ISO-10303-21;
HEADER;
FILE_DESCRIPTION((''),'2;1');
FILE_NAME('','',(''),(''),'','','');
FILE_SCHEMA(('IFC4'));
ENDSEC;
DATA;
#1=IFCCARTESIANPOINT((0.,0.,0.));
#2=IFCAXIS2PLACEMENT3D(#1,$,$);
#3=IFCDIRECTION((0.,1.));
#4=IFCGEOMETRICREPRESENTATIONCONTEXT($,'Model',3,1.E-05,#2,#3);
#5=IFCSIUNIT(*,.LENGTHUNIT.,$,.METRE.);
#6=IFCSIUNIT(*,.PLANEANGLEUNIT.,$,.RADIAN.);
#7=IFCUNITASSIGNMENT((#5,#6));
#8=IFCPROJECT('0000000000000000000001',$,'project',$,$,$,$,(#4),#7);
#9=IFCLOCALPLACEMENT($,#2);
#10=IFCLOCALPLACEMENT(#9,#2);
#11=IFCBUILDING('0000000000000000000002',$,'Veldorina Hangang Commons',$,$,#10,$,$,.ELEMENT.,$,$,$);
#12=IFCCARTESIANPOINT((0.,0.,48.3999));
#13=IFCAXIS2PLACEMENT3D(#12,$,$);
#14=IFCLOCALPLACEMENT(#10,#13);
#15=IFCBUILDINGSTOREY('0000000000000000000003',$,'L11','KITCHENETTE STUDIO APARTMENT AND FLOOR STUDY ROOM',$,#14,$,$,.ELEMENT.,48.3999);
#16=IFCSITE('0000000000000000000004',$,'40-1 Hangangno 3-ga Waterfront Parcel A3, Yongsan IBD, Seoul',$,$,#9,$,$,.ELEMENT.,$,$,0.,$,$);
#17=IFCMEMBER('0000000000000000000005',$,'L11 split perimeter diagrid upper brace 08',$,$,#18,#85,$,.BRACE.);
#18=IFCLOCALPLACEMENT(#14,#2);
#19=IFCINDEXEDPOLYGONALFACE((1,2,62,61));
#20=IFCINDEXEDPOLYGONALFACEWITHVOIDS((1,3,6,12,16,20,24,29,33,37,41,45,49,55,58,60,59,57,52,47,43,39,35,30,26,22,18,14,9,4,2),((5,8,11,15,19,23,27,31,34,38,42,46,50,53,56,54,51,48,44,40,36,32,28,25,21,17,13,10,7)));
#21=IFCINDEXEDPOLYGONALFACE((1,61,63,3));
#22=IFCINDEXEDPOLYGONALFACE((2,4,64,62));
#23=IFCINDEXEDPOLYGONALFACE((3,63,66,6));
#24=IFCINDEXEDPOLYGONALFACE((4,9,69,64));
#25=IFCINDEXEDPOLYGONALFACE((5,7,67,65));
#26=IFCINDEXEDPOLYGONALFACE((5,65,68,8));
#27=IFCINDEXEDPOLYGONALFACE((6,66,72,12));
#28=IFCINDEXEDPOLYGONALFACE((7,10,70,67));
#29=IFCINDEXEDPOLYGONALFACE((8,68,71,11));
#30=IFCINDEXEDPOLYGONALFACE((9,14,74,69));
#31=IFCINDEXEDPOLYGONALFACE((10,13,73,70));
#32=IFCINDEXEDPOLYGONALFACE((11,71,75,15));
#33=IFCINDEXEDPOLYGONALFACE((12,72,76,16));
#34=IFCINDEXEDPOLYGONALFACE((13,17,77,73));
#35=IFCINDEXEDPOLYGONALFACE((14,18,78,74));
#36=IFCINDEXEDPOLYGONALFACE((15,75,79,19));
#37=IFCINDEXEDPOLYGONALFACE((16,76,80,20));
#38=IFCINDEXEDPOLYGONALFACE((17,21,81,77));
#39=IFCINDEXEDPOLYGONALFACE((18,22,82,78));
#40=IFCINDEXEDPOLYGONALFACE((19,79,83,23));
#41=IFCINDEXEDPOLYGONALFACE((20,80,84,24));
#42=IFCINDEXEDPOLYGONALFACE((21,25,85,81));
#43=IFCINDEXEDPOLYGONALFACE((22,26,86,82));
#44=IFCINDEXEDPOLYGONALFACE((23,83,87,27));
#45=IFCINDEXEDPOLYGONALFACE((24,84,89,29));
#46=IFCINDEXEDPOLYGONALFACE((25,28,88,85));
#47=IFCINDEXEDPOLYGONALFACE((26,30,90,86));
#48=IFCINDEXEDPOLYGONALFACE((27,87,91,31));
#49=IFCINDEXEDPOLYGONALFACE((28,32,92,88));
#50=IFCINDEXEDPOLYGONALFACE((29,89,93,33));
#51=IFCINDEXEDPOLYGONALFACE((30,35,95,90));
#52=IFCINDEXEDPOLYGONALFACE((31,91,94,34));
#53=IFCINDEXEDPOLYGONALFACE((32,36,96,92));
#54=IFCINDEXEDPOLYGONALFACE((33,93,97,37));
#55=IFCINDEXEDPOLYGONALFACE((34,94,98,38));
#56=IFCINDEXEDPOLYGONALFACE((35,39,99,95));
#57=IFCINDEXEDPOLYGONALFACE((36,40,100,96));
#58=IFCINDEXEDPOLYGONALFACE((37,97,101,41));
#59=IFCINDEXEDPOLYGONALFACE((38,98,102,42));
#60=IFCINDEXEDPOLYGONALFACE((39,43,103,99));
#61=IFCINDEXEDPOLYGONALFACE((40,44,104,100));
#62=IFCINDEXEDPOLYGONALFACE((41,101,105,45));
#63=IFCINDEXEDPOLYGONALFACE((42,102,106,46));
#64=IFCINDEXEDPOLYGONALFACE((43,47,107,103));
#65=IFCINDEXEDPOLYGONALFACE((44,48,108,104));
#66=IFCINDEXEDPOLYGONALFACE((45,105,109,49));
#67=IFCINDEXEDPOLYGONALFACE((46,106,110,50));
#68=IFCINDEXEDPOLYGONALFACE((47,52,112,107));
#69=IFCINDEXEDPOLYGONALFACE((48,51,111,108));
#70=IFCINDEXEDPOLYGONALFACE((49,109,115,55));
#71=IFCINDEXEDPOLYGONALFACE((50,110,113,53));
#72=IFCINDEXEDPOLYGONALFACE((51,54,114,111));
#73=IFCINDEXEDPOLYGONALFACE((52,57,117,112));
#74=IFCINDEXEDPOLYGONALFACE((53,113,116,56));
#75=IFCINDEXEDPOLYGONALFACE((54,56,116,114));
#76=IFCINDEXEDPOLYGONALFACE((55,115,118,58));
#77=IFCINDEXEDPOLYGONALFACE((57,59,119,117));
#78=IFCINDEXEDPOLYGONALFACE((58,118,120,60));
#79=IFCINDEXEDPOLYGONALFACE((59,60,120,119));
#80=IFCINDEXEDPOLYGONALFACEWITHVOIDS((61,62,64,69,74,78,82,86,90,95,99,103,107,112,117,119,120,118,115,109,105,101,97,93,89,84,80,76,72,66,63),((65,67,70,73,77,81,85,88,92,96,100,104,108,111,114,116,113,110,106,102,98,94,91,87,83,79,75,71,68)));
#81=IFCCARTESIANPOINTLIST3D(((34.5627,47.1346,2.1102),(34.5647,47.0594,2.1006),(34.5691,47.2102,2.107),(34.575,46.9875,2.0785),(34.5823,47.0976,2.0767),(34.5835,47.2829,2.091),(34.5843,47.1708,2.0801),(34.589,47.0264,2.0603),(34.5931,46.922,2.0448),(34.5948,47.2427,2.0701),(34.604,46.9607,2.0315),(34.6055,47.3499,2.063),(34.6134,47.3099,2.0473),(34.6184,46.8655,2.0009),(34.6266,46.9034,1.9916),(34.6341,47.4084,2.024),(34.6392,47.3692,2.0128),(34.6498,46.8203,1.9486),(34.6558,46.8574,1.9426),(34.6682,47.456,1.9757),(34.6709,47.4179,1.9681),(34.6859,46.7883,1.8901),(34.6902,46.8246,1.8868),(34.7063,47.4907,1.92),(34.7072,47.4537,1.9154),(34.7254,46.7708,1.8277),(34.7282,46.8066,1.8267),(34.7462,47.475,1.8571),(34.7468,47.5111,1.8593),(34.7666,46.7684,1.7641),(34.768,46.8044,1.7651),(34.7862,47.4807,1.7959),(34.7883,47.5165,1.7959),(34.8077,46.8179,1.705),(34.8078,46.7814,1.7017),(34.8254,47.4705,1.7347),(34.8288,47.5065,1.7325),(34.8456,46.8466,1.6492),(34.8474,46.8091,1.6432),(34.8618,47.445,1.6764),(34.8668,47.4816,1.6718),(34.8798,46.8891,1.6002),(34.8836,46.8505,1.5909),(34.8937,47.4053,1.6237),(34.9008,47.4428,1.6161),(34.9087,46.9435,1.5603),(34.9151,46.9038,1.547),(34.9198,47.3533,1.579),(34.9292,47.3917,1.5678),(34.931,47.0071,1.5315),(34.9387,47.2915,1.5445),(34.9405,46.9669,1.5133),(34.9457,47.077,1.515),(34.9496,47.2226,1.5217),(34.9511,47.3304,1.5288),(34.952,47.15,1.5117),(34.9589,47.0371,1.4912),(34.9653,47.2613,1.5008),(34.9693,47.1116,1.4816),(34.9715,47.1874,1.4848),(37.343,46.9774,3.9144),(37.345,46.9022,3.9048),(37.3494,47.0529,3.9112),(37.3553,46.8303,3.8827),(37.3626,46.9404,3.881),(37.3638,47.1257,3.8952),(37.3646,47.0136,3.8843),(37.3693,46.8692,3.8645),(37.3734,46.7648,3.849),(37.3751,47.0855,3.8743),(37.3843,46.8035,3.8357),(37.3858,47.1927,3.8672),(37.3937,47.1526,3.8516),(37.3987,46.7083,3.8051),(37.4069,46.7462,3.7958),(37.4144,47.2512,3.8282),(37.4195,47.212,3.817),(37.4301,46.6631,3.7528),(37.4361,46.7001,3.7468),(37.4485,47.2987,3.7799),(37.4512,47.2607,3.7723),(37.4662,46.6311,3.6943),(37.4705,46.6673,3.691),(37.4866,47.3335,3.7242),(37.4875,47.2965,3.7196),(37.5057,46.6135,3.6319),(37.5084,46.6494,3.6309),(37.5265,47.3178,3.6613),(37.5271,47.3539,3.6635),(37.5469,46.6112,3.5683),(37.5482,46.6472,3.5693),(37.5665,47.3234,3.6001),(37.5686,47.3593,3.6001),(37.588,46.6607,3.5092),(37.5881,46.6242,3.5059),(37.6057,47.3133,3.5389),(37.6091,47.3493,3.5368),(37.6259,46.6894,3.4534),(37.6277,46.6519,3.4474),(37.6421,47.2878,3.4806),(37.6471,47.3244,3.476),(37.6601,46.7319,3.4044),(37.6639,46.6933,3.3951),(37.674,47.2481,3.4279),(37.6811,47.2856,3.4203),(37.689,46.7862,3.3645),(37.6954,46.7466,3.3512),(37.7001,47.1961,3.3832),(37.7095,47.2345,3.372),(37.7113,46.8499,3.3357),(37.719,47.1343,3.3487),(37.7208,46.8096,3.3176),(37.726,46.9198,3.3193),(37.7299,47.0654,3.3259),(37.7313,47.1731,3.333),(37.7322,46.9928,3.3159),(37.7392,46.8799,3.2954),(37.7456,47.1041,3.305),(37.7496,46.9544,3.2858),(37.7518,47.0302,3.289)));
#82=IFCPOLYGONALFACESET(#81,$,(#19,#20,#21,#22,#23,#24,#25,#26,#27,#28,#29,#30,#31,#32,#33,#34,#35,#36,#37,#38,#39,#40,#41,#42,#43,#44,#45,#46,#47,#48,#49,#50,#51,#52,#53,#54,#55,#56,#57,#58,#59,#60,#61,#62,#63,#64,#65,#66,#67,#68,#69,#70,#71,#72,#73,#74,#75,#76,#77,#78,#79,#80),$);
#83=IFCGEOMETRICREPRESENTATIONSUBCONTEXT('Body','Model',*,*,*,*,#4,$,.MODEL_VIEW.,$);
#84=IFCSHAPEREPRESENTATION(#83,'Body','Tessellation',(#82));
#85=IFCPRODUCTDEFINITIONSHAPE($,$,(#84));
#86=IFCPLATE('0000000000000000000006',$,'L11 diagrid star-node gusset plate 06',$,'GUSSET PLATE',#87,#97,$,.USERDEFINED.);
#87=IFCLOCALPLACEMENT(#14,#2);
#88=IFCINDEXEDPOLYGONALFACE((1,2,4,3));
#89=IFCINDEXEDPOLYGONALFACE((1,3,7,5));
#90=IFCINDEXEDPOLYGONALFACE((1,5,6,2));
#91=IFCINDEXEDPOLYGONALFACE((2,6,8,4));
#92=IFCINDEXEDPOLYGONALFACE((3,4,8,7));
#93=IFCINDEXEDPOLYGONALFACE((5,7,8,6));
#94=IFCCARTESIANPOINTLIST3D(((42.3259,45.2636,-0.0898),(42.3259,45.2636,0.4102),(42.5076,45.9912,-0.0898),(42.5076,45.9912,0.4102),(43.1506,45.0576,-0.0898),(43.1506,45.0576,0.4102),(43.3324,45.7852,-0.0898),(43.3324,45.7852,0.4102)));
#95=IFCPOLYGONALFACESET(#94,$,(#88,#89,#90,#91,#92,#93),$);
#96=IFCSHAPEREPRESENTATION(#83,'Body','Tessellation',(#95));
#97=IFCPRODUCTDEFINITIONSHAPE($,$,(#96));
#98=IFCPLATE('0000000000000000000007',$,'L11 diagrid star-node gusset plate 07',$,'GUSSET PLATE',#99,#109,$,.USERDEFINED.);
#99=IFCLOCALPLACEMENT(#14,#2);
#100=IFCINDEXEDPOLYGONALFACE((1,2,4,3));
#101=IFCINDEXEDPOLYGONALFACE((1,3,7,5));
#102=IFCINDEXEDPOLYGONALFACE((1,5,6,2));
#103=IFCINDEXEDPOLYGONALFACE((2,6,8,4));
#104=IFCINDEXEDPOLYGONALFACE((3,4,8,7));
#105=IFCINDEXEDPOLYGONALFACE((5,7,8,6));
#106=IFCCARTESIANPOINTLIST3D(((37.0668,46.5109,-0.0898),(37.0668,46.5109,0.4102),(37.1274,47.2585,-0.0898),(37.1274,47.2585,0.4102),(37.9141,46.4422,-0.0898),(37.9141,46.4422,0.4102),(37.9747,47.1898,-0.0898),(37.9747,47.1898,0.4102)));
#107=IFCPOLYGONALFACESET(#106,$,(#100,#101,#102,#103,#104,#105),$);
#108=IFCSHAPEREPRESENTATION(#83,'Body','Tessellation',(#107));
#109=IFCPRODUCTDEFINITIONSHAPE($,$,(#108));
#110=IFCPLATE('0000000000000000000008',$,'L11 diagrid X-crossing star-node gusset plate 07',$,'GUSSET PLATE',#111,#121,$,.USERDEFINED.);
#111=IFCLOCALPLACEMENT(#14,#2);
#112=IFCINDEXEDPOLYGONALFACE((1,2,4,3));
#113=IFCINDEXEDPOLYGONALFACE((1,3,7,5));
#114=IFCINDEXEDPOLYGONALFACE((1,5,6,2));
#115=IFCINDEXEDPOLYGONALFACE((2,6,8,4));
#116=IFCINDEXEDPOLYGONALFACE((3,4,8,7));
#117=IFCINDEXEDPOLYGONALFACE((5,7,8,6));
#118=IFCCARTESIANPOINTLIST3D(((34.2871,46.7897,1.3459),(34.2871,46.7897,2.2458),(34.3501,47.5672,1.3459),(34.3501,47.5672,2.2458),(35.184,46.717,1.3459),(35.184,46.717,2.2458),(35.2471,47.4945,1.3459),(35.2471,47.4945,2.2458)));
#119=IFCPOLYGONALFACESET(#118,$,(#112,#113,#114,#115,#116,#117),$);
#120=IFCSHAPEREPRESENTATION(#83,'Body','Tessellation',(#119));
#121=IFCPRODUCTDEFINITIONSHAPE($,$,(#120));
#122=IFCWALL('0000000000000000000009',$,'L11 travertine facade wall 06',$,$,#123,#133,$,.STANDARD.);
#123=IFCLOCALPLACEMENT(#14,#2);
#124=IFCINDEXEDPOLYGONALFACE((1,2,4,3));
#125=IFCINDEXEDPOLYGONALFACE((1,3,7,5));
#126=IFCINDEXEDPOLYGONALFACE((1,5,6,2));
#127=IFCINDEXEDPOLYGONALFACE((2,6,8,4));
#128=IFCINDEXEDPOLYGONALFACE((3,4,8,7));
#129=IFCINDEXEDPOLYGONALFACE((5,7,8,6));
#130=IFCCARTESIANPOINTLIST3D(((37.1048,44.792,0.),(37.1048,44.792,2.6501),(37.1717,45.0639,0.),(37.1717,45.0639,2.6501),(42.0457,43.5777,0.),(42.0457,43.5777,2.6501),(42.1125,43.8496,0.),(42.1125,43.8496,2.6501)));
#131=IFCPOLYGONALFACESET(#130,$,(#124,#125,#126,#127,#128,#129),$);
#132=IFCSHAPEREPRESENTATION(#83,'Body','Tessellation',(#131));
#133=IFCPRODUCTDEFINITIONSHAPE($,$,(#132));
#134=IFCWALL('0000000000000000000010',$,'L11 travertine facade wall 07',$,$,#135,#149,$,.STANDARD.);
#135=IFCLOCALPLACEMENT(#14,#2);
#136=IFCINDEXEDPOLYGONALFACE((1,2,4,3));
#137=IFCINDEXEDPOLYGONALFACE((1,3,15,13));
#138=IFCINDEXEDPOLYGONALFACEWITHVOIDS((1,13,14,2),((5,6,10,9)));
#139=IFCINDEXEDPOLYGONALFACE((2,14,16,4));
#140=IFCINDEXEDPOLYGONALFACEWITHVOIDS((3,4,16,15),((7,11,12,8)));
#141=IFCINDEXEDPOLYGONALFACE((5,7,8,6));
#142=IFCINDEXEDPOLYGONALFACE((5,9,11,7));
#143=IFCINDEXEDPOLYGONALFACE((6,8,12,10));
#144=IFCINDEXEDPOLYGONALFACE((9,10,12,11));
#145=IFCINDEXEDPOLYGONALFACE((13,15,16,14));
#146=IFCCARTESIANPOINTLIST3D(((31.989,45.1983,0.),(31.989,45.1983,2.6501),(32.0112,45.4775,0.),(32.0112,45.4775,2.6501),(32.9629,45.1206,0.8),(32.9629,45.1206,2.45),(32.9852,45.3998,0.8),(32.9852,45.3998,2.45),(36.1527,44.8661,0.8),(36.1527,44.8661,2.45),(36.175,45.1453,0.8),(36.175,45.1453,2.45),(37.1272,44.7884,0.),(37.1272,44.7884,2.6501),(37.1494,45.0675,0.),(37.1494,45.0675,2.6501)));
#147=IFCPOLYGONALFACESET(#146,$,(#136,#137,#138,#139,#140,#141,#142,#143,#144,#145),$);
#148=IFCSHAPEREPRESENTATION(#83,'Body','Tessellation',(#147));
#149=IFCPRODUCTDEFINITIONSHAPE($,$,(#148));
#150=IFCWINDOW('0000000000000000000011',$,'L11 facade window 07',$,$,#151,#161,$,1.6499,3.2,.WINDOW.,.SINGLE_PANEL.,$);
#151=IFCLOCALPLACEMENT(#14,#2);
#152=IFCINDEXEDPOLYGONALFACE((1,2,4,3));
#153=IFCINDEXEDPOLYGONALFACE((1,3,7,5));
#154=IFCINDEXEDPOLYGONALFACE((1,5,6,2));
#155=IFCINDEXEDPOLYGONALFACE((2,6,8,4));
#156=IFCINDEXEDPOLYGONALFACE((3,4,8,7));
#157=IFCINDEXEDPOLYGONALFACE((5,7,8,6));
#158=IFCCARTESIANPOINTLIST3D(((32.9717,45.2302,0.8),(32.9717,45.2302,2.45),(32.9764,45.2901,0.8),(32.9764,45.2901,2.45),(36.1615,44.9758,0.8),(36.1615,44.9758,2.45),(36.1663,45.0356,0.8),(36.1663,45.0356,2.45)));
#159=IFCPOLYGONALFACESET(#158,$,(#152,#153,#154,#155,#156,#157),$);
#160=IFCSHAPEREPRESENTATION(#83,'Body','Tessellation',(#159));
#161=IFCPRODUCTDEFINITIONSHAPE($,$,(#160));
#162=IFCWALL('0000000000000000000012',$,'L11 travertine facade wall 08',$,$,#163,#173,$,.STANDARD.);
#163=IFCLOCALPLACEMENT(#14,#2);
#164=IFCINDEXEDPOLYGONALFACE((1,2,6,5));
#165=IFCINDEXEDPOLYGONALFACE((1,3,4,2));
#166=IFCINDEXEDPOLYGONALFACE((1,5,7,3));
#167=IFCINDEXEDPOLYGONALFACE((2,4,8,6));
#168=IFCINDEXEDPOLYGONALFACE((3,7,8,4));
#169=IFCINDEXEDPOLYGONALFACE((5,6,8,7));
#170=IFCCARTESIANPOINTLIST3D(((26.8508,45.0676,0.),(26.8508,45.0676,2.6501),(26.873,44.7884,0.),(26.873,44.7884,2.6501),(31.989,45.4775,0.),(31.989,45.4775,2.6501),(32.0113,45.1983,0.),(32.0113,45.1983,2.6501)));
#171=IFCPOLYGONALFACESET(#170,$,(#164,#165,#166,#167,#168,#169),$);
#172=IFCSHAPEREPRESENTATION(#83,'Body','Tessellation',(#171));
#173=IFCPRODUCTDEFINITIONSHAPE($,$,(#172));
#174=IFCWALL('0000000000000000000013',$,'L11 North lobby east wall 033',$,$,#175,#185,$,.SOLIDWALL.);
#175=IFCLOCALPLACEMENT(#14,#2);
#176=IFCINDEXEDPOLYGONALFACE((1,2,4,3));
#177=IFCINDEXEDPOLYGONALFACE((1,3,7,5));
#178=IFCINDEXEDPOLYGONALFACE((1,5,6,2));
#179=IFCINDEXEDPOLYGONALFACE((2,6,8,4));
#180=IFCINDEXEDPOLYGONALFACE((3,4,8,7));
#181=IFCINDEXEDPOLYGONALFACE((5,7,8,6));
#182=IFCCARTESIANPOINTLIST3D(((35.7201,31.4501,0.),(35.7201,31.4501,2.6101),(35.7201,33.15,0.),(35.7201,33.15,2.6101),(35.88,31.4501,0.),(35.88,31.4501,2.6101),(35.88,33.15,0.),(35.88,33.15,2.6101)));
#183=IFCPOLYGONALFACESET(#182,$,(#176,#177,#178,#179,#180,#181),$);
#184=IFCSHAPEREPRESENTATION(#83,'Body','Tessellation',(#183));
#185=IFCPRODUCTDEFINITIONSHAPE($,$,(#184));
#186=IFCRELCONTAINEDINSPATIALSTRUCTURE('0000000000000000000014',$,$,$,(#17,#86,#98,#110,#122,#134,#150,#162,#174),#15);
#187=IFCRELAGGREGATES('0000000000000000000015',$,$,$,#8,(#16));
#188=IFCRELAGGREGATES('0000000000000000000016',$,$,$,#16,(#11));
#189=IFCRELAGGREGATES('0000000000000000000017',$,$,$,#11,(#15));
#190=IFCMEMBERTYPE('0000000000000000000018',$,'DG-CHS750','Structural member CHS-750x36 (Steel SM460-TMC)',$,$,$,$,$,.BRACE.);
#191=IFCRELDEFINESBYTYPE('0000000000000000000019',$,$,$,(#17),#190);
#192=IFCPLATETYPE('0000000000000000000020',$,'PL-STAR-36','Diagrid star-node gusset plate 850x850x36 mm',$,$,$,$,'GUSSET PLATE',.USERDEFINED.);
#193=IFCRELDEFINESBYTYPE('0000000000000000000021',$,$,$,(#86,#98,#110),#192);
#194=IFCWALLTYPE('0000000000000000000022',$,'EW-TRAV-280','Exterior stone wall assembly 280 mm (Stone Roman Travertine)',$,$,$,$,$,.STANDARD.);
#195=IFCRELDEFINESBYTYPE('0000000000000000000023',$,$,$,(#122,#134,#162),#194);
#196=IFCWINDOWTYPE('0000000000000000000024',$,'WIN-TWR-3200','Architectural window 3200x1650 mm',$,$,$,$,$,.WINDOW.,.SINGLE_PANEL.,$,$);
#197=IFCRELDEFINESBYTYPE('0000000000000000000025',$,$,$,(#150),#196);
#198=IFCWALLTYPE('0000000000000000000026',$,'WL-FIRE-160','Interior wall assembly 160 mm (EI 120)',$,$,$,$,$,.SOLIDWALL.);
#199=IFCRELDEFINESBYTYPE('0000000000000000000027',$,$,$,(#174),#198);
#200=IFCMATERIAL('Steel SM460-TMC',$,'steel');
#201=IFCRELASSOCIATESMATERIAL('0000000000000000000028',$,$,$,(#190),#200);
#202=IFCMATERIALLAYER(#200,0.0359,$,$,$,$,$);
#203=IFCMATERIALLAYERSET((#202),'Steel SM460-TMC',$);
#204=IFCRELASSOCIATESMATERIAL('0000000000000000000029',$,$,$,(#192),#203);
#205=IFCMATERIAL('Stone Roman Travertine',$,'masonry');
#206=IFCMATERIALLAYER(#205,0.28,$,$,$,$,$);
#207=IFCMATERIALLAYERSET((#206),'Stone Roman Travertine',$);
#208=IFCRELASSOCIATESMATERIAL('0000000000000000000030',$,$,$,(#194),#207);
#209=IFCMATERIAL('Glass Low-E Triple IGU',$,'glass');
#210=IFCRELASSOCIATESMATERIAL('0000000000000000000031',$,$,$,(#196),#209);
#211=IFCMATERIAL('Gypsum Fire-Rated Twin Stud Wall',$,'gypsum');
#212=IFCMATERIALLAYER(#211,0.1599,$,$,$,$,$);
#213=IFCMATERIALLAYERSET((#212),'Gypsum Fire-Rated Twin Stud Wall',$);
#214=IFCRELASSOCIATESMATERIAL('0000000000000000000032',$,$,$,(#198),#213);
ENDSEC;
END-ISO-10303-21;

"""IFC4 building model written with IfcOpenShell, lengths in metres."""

from ifc_helpers import new_model, si_unit, direction, frame, frame_2d, origin, origin_2d, place, context, subcontext, project, spatial, rectangle, hollow_circle, extrude, material, layer, layer_set, material_profile, profile_set, type_object, element, fill, save


model = new_model("IFC4")

# Units and contexts
model_context = context("Model", 3, precision=1e-05, world=origin(), true_north=direction((0.0, 1.0)))
body_context = subcontext(model_context, "Body", "Model", "MODEL_VIEW")
ifc_project = project(units=[si_unit("LENGTHUNIT", "METRE"), si_unit("PLANEANGLEUNIT", "RADIAN")], contexts=[model_context])

# Site, building, storey
site_placement = place(None, origin())
site = spatial("IfcSite", under=ifc_project, at=site_placement, Name="40-1 Hangangno 3-ga Waterfront Parcel A3, Yongsan IBD, Seoul", CompositionType="ELEMENT", RefElevation=0.0)
building_placement = place(site_placement, origin())
building = spatial("IfcBuilding", under=site, at=building_placement, Name="Veldorina Hangang Commons", CompositionType="ELEMENT")
storey_placement = place(building_placement, frame((0.0, 0.0, 48.3999)))
storey = spatial("IfcBuildingStorey", under=building, at=storey_placement, Name="L11", Description="KITCHENETTE STUDIO APARTMENT AND FLOOR STUDY ROOM", CompositionType="ELEMENT", Elevation=48.3999)

# Shared definitions
ifc_material_1 = material(Name="Steel SM460-TMC", Category="steel")

# Member
ifc_material_profile_1 = material_profile(ifc_material_1, hollow_circle(Radius=0.375, WallThickness=0.0359, at=origin_2d()), Name="CHS-750x36")
ifc_profile_set_1 = profile_set([ifc_material_profile_1], Name="Steel SM460-TMC")
member_type = type_object("IfcMemberType", Name="DG-CHS750", Description="Structural member CHS-750x36 (Steel SM460-TMC)", PredefinedType="BRACE", material=ifc_profile_set_1)
member_1_placement = place(storey_placement, frame((34.7671, 47.1421, 1.7959), z_axis=(0.837912, -0.047385, 0.543745), x_axis=(0.056461, 0.998405, 0.0)))
element("IfcMember", 1, at=member_1_placement, inside=storey, type_object=member_type, Name="L11 split perimeter diagrid upper brace 08", PredefinedType="BRACE", context=body_context, shape_type="SweptSolid", body=[
    extrude(hollow_circle(Radius=0.375, WallThickness=0.0359, at=origin_2d()), origin(), (0.0, 0.0, 1.0), 3.3181),
])

# Plates
ifc_layer_1 = layer(ifc_material_1, 0.0359)
ifc_layer_set_1 = layer_set([ifc_layer_1], Name="Steel SM460-TMC")
plate_type = type_object("IfcPlateType", Name="PL-STAR-36", Description="Diagrid star-node gusset plate 850x850x36 mm", ElementType="GUSSET PLATE", PredefinedType="USERDEFINED", material=ifc_layer_set_1)
for number, where, z_axis, x_axis, name in (
    (2, (42.8291, 45.5244, -0.0898), (0.0, 0.0, 1.0), (-0.970199, 0.242311, 0.0), "L11 diagrid star-node gusset plate 06"),
    (3, (37.5208, 46.8503, -0.0898), (0.0, 0.0, 1.0), (-0.996728, 0.080825, 0.0), "L11 diagrid star-node gusset plate 07"),
):
    element("IfcPlate", number, at=place(storey_placement, frame(where, z_axis=z_axis, x_axis=x_axis)), inside=storey, type_object=plate_type, Name=name, ObjectType="GUSSET PLATE", PredefinedType="USERDEFINED", context=body_context, shape_type="SweptSolid", body=[
        extrude(rectangle(XDim=0.8501, YDim=0.75, at=origin_2d()), origin(), (0.0, 0.0, 1.0), 0.5),
    ])
plate_placement = place(storey_placement, frame((34.7671, 47.1421, 1.3459), z_axis=(0.0, 0.0, 1.0), x_axis=(-0.996728, 0.080825, 0.0)))
element("IfcPlate", 4, at=plate_placement, inside=storey, type_object=plate_type, Name="L11 diagrid X-crossing star-node gusset plate 07", ObjectType="GUSSET PLATE", PredefinedType="USERDEFINED", context=body_context, shape_type="SweptSolid", body=[
    extrude(rectangle(XDim=0.8999, YDim=0.78, at=origin_2d()), origin(), (0.0, 0.0, 1.0), 0.8999),
])

# Wall
ifc_material_2 = material(Name="Stone Roman Travertine", Category="masonry")
ifc_layer_2 = layer(ifc_material_2, 0.28)
ifc_layer_set_2 = layer_set([ifc_layer_2], Name="Stone Roman Travertine")
wall_type_1 = type_object("IfcWallType", Name="EW-TRAV-280", Description="Exterior stone wall assembly 280 mm (Stone Roman Travertine)", PredefinedType="STANDARD", material=ifc_layer_set_2)
wall_1_placement = place(storey_placement, frame((42.0791, 43.7136, 0.0), z_axis=(0.0, 0.0, 1.0), x_axis=(-0.9711, 0.238672, 0.0)))
element("IfcWall", 5, at=wall_1_placement, inside=storey, type_object=wall_type_1, Name="L11 travertine facade wall 06", PredefinedType="STANDARD", context=body_context, shape_type="SweptSolid", body=[
    extrude(rectangle(XDim=5.0879, YDim=0.28, at=frame_2d((2.5439, 0.0))), origin(), (0.0, 0.0, 1.0), 2.6501),
])

# Wall, opening, window
wall_2_placement = place(storey_placement, frame((37.1382, 44.928, 0.0), z_axis=(0.0, 0.0, 1.0), x_axis=(-0.996833, 0.079525, 0.0)))
wall_2 = element("IfcWall", 6, at=wall_2_placement, inside=storey, type_object=wall_type_1, Name="L11 travertine facade wall 07", PredefinedType="STANDARD", context=body_context, shape_type="SweptSolid", body=[
    extrude(rectangle(XDim=5.1545, YDim=0.28, at=frame_2d((2.5771, 0.0))), origin(), (0.0, 0.0, 1.0), 2.6501),
])
opening_1_placement = place(wall_2_placement, frame((0.9773, 0.0, 0.8)))
opening_1 = element("IfcOpeningElement", 7, at=opening_1_placement, cuts=wall_2, PredefinedType="OPENING", context=body_context, shape_type="SweptSolid", body=[
    extrude(rectangle(XDim=3.2, YDim=1.6499, at=frame_2d((1.6001, 0.825))), frame((0.0, 0.1499, 0.0), z_axis=(0.0, -1.0, 0.0), x_axis=(1.0, 0.0, 0.0)), (0.0, 0.0, 1.0), 0.3),
])
ifc_material_3 = material(Name="Glass Low-E Triple IGU", Category="glass")
window_type = type_object("IfcWindowType", Name="WIN-TWR-3200", Description="Architectural window 3200x1650 mm", PartitioningType="SINGLE_PANEL", PredefinedType="WINDOW", material=ifc_material_3)
window_placement = place(opening_1_placement, origin())
window = element("IfcWindow", 8, at=window_placement, inside=storey, type_object=window_type, Name="L11 facade window 07", OverallHeight=1.6499, OverallWidth=3.2, PartitioningType="SINGLE_PANEL", PredefinedType="WINDOW", context=body_context, shape_type="SweptSolid", body=[
    extrude(rectangle(XDim=3.2, YDim=1.6499, at=frame_2d((1.6001, 0.825))), frame((0.0, 0.03, 0.0), z_axis=(0.0, -1.0, 0.0), x_axis=(1.0, 0.0, 0.0)), (0.0, 0.0, 1.0), 0.0601),
])
fill(opening_1, window)

# Walls
wall_3_placement = place(storey_placement, frame((32.0, 45.3379, 0.0), z_axis=(0.0, 0.0, 1.0), x_axis=(-0.996833, -0.079525, 0.0)))
element("IfcWall", 9, at=wall_3_placement, inside=storey, type_object=wall_type_1, Name="L11 travertine facade wall 08", PredefinedType="STANDARD", context=body_context, shape_type="SweptSolid", body=[
    extrude(rectangle(XDim=5.1545, YDim=0.28, at=frame_2d((2.5771, 0.0))), origin(), (0.0, 0.0, 1.0), 2.6501),
])
ifc_material_4 = material(Name="Gypsum Fire-Rated Twin Stud Wall", Category="gypsum")
ifc_layer_3 = layer(ifc_material_4, 0.1599)
ifc_layer_set_3 = layer_set([ifc_layer_3], Name="Gypsum Fire-Rated Twin Stud Wall")
wall_type_2 = type_object("IfcWallType", Name="WL-FIRE-160", Description="Interior wall assembly 160 mm (EI 120)", PredefinedType="SOLIDWALL", material=ifc_layer_set_3)
wall_4_placement = place(storey_placement, frame((35.8, 31.45, 0.0), z_axis=(0.0, 0.0, 1.0), x_axis=(0.0, 1.0, 0.0)))
element("IfcWall", 10, at=wall_4_placement, inside=storey, type_object=wall_type_2, Name="L11 North lobby east wall 033", PredefinedType="SOLIDWALL", context=body_context, shape_type="SweptSolid", body=[
    extrude(rectangle(XDim=1.7, YDim=0.1599, at=frame_2d((0.8501, 0.0))), origin(), (0.0, 0.0, 1.0), 2.6101),
])

save(model, "model.ifc")
